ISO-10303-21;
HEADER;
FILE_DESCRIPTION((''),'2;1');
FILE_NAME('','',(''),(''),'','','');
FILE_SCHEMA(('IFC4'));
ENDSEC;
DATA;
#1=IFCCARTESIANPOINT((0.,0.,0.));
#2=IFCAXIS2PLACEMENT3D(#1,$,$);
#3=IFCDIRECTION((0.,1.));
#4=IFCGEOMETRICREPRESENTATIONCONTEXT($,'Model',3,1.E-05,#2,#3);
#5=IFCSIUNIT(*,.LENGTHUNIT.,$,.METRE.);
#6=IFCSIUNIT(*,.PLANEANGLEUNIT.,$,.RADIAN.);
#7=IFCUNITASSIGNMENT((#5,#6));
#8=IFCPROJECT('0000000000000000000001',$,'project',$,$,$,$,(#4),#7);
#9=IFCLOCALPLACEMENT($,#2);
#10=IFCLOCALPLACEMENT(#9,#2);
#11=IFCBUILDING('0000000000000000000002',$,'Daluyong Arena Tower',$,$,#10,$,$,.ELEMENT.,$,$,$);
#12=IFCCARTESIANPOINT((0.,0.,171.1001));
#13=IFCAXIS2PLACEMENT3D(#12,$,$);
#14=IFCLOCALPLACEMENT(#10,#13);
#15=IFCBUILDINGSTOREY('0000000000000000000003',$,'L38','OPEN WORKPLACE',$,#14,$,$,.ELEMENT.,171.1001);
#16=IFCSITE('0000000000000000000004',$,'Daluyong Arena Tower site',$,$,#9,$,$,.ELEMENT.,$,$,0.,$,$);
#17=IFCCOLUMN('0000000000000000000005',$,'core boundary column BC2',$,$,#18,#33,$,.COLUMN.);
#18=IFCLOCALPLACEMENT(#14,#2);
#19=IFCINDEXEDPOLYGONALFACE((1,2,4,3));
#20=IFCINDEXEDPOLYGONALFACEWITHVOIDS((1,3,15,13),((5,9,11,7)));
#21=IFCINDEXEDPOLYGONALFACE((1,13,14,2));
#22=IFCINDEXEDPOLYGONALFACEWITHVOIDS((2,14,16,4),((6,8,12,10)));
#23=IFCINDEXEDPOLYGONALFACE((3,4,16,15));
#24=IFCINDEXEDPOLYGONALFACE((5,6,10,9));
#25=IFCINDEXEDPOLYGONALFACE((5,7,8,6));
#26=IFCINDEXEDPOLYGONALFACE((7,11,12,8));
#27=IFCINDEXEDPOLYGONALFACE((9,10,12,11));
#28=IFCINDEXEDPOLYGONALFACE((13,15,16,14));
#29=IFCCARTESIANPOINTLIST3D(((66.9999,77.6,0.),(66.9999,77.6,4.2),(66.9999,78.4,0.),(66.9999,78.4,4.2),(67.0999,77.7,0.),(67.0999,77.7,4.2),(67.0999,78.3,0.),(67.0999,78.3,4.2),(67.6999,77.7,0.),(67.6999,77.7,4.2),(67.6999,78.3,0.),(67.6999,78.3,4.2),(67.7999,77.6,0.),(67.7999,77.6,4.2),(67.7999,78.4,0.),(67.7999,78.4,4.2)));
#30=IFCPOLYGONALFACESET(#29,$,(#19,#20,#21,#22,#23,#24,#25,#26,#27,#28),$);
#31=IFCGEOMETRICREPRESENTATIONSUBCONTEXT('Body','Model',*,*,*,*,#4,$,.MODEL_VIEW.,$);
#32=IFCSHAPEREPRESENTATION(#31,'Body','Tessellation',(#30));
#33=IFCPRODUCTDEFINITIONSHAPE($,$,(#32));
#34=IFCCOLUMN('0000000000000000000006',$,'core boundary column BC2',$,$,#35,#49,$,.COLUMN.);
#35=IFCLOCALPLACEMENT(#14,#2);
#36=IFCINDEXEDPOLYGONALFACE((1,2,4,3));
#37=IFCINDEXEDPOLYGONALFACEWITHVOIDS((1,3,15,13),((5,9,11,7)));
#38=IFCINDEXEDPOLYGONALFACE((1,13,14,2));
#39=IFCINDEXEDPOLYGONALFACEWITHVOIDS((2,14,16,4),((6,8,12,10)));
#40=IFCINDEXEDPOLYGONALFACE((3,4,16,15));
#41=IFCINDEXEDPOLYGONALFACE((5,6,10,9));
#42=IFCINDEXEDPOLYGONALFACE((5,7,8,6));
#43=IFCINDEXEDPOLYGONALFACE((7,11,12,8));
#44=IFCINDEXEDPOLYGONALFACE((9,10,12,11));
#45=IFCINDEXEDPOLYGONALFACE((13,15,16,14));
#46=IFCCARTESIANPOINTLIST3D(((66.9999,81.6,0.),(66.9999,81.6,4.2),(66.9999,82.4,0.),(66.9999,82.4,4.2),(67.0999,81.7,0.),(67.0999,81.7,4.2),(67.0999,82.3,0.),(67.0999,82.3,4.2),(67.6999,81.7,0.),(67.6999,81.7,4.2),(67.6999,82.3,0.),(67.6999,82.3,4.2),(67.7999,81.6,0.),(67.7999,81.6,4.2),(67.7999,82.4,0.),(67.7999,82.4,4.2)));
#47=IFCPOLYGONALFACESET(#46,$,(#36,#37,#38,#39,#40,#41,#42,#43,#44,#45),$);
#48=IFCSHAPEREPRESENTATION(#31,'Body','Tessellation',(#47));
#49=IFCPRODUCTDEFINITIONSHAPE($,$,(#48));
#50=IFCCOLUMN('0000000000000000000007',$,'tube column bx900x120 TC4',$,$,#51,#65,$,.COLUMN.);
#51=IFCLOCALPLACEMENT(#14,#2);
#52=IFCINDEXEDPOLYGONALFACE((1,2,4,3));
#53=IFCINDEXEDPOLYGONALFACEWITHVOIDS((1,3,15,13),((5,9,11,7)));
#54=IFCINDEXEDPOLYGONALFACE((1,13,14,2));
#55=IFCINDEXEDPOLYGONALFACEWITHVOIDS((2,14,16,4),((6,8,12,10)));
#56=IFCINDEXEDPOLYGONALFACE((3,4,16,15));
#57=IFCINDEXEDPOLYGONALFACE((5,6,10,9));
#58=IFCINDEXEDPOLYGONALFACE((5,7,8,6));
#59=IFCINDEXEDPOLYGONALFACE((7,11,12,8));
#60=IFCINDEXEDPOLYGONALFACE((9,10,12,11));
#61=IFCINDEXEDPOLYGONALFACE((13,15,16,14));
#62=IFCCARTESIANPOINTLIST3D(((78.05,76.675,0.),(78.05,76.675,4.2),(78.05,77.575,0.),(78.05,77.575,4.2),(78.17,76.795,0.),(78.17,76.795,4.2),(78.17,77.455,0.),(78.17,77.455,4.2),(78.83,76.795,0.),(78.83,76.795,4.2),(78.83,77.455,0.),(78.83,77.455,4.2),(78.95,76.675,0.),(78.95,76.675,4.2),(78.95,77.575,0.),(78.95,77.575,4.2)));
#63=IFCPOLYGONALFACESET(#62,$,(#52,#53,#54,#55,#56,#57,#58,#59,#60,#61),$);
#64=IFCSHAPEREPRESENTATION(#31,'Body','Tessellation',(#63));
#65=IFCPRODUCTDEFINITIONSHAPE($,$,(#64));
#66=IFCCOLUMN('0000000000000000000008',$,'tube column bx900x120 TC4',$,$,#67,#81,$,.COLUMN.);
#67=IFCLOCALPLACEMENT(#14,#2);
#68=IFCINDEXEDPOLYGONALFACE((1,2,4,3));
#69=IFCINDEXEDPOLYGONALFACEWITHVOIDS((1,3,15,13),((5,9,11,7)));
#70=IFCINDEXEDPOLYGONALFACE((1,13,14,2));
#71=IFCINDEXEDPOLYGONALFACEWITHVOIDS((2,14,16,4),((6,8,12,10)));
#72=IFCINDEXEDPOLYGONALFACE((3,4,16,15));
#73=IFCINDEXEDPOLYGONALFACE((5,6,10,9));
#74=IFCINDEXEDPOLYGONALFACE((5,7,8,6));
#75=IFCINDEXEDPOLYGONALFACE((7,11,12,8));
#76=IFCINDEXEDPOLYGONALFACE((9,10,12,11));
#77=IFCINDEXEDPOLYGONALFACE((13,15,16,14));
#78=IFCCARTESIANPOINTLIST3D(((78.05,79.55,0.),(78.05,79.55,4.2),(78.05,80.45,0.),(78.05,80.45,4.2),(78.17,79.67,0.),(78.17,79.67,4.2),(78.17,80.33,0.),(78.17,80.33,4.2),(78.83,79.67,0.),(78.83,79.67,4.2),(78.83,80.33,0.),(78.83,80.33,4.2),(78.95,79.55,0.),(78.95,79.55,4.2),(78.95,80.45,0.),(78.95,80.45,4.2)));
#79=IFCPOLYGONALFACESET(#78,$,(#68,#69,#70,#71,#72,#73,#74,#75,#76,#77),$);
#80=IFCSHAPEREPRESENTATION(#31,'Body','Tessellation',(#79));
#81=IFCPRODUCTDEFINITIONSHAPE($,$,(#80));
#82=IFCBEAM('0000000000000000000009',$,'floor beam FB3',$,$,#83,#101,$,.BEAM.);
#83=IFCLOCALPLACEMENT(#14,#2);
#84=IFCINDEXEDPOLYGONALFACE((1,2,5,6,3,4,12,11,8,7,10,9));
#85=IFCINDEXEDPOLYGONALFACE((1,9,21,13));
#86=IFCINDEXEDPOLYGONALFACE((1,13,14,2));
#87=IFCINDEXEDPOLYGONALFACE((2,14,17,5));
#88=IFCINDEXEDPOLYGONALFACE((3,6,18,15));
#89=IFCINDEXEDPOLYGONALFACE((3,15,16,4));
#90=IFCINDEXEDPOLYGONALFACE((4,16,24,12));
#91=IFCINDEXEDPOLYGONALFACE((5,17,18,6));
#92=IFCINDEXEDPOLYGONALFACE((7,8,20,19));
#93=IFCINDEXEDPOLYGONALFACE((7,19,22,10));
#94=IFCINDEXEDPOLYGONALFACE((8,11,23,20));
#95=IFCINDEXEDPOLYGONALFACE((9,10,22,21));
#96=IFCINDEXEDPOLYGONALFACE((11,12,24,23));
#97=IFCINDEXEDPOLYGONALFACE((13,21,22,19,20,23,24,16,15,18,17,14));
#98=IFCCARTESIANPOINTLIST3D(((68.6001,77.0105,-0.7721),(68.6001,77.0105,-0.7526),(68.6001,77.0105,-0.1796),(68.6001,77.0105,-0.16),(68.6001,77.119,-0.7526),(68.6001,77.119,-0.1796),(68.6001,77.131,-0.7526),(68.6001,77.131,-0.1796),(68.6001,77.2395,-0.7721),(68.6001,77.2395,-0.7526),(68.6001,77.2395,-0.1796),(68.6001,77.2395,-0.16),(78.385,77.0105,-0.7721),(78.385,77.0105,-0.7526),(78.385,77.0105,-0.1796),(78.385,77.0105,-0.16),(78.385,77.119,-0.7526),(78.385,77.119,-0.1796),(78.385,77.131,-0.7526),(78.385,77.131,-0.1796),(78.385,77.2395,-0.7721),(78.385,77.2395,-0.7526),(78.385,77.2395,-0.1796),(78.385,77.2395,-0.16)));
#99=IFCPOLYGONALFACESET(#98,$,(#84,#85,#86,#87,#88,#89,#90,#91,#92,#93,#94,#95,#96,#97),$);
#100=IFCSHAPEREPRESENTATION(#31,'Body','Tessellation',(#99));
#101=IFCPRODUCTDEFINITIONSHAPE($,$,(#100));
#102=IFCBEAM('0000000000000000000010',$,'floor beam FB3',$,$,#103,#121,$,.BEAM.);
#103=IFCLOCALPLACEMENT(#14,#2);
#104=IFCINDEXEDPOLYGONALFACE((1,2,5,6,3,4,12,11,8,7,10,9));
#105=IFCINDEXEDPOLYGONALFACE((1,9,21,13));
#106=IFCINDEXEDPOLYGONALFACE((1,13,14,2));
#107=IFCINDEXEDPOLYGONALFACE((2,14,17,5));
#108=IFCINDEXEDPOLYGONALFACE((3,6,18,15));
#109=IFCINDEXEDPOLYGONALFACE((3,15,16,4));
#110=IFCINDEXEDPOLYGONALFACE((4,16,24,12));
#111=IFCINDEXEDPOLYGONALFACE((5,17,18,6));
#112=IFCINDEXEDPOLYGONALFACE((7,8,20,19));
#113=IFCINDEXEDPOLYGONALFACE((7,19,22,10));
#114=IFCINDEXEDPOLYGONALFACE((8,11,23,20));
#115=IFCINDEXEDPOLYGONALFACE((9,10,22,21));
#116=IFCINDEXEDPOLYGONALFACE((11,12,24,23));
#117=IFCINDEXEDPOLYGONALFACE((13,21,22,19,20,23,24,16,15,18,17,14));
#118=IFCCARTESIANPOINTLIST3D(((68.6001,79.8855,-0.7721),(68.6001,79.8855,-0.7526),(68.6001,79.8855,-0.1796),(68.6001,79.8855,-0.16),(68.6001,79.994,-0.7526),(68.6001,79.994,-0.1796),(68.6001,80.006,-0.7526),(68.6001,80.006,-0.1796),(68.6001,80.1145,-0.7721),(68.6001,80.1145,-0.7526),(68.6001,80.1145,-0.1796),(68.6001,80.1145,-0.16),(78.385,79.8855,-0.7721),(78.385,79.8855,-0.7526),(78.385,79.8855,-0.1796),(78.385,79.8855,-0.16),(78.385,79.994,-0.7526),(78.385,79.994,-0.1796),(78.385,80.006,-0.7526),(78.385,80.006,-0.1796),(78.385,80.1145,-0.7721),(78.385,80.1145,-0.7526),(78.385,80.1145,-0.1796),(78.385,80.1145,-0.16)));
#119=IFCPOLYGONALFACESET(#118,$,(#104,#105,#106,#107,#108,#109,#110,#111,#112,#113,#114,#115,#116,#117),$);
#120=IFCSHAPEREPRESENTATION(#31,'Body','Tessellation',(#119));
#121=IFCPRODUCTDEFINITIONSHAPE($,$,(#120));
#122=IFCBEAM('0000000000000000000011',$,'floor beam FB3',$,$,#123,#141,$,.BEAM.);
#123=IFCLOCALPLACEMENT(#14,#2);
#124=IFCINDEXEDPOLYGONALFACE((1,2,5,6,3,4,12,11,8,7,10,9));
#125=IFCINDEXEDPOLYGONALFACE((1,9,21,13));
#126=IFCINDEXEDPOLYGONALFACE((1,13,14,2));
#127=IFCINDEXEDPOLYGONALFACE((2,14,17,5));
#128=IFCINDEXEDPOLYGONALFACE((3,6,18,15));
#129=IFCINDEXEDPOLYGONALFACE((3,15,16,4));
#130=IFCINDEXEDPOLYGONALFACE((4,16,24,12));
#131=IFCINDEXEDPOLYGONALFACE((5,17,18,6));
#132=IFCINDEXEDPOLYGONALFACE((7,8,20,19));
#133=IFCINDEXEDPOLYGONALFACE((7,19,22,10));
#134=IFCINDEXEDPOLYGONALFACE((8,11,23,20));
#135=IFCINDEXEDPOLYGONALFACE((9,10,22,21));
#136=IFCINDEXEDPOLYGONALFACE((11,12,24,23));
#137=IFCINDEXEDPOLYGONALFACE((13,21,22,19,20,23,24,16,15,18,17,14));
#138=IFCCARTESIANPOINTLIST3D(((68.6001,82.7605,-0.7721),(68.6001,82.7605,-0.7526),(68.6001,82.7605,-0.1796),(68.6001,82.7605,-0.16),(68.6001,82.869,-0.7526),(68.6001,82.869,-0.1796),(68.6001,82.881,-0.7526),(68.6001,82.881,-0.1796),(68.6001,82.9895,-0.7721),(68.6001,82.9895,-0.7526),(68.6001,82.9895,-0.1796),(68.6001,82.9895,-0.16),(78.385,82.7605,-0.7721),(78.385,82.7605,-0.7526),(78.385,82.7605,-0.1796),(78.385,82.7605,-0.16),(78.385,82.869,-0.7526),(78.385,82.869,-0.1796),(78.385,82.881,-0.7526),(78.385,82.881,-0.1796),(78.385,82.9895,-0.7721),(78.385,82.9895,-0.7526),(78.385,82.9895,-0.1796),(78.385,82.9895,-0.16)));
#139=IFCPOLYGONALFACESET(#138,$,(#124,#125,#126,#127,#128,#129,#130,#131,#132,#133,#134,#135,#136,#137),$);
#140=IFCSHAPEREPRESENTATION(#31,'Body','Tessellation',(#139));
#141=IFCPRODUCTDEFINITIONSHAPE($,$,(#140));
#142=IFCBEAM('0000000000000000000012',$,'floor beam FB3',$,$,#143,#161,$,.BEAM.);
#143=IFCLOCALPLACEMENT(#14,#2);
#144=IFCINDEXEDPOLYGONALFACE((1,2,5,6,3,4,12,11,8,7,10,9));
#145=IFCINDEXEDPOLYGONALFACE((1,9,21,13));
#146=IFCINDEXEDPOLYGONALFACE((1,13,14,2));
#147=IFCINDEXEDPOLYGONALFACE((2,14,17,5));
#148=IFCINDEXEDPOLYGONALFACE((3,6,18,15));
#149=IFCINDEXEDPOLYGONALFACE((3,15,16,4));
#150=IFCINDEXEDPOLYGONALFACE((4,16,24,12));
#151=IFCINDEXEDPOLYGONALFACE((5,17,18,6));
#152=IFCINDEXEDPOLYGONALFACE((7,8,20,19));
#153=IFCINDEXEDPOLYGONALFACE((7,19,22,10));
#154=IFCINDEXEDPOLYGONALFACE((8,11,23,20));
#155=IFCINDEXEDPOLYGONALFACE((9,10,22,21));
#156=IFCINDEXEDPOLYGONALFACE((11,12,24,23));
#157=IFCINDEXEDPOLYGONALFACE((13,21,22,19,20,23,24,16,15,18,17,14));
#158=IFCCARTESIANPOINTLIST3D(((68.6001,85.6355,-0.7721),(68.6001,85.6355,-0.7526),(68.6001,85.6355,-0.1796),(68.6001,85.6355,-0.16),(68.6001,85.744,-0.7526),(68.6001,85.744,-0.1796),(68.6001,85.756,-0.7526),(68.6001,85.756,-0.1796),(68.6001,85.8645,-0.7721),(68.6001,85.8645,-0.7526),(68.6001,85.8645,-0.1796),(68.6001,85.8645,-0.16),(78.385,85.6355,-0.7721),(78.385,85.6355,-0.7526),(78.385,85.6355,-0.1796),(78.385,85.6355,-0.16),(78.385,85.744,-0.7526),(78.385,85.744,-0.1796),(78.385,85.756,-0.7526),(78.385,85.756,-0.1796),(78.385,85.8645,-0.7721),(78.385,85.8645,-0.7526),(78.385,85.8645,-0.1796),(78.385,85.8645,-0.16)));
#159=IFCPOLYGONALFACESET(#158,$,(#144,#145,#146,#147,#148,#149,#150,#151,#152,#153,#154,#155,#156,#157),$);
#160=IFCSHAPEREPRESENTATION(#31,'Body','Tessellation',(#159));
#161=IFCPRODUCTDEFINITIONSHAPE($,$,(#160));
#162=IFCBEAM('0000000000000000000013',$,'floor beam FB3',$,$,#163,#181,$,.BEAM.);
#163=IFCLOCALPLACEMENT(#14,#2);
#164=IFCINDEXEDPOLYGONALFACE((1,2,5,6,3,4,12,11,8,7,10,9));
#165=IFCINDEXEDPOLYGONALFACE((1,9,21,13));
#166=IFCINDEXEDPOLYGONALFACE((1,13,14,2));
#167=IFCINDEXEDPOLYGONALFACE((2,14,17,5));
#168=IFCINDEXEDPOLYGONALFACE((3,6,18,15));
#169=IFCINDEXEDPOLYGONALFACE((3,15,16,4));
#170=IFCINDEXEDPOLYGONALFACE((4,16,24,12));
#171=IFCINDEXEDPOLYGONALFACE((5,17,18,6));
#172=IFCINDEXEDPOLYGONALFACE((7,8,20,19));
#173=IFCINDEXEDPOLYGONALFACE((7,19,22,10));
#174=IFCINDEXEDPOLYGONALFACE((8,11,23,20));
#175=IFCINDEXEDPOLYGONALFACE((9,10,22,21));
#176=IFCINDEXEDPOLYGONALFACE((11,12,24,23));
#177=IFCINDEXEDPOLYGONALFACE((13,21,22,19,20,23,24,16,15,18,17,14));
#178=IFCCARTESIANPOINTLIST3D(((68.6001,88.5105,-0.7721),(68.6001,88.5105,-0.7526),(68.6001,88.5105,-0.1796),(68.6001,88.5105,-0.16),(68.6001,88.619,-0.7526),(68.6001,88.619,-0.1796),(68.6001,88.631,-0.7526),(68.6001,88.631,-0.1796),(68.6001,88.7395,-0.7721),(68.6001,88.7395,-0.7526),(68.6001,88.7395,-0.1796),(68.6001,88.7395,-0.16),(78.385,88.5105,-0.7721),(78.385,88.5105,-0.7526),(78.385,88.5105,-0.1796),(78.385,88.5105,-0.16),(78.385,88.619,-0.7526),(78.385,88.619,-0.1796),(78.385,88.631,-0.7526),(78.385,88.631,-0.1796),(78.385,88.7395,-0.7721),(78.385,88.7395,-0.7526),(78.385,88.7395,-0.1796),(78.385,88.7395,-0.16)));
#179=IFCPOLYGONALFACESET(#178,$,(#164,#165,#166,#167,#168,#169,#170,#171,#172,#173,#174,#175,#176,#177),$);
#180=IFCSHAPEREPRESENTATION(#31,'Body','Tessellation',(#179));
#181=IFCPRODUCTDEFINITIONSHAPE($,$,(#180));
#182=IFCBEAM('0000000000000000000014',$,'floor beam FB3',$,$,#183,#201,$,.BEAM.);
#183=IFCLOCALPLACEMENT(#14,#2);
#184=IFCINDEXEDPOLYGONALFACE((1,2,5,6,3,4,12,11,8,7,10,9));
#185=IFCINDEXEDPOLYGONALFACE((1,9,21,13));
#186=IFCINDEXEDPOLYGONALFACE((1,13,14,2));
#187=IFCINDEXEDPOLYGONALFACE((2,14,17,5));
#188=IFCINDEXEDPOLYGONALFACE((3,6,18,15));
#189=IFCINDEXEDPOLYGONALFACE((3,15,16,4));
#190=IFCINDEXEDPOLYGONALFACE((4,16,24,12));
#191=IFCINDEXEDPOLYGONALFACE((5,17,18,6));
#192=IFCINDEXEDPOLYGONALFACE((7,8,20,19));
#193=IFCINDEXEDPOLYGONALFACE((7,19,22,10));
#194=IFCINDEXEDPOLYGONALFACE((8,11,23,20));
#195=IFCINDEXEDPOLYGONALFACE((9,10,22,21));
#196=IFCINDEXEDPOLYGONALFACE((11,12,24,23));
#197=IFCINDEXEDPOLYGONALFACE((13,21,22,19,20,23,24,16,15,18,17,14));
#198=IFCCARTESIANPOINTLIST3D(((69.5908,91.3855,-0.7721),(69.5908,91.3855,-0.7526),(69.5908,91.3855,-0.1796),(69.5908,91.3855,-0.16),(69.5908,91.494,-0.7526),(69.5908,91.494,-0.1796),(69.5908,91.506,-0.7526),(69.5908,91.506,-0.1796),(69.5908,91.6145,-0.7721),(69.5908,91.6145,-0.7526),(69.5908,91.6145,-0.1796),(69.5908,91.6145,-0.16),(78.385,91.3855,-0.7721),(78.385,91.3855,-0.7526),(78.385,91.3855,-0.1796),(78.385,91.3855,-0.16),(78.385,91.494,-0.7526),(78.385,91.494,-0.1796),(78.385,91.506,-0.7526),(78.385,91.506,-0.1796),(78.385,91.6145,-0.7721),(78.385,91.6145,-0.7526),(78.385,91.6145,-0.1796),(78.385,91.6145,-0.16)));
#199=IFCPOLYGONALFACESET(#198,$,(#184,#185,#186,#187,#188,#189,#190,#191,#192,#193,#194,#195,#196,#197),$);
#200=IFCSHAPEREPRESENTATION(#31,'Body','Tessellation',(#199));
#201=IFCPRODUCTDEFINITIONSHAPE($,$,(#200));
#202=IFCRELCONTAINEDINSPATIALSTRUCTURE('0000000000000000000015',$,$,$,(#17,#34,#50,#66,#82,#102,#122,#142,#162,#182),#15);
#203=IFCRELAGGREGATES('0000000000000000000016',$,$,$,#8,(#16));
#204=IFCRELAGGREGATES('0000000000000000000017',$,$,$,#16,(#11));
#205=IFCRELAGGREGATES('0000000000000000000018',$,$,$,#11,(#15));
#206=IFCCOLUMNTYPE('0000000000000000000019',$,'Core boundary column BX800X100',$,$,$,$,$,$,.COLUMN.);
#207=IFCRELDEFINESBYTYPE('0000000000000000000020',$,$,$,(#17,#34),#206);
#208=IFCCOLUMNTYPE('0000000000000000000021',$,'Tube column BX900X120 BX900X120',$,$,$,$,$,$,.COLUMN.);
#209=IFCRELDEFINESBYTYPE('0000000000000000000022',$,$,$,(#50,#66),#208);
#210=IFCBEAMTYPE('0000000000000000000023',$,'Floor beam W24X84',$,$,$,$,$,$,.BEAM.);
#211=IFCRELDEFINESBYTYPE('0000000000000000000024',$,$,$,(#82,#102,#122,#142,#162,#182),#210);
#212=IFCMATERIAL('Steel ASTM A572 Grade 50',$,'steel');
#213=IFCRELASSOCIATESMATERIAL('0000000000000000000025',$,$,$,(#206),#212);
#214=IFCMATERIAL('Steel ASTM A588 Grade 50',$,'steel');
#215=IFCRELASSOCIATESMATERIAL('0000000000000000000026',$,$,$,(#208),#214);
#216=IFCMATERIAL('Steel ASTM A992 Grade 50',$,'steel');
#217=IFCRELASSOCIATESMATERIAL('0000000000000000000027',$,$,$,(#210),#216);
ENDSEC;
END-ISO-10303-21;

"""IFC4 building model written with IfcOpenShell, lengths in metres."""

from ifc_helpers import new_model, si_unit, direction, frame, origin, origin_2d, place, context, subcontext, project, spatial, hollow_rectangle, i_section, extrude, material, material_profile, profile_set, type_object, element, save


model = new_model("IFC4")

# Units and contexts
model_context = context("Model", 3, precision=1e-05, world=origin(), true_north=direction((0.0, 1.0)))
body_context = subcontext(model_context, "Body", "Model", "MODEL_VIEW")
ifc_project = project(units=[si_unit("LENGTHUNIT", "METRE"), si_unit("PLANEANGLEUNIT", "RADIAN")], contexts=[model_context])

# Site, building, storey
site_placement = place(None, origin())
site = spatial("IfcSite", under=ifc_project, at=site_placement, Name="Daluyong Arena Tower site", CompositionType="ELEMENT", RefElevation=0.0)
building_placement = place(site_placement, origin())
building = spatial("IfcBuilding", under=site, at=building_placement, Name="Daluyong Arena Tower", CompositionType="ELEMENT")
storey_placement = place(building_placement, frame((0.0, 0.0, 171.1001)))
storey = spatial("IfcBuildingStorey", under=building, at=storey_placement, Name="L38", Description="OPEN WORKPLACE", CompositionType="ELEMENT", Elevation=171.1001)

# Columns
ifc_material_1 = material(Name="Steel ASTM A572 Grade 50", Category="steel")
ifc_material_profile_1 = material_profile(ifc_material_1, hollow_rectangle(XDim=0.8, YDim=0.8, WallThickness=0.1, at=origin_2d()))
ifc_profile_set_1 = profile_set([ifc_material_profile_1], Name="Steel ASTM A572 Grade 50")
column_type_1 = type_object("IfcColumnType", Name="Core boundary column BX800X100", PredefinedType="COLUMN", material=ifc_profile_set_1)
for number, where, z_axis, x_axis, name in (
    (1, (67.3999, 78.0, 0.0), (0.0, 0.0, 1.0), (1.0, 0.0, 0.0), "core boundary column BC2"),
    (2, (67.3999, 82.0, 0.0), (0.0, 0.0, 1.0), (1.0, 0.0, 0.0), "core boundary column BC2"),
):
    element("IfcColumn", number, at=place(storey_placement, frame(where, z_axis=z_axis, x_axis=x_axis)), inside=storey, type_object=column_type_1, Name=name, PredefinedType="COLUMN", context=body_context, shape_type="SweptSolid", body=[
        extrude(hollow_rectangle(XDim=0.8, YDim=0.8, WallThickness=0.1, at=origin_2d()), origin(), (0.0, 0.0, 1.0), 4.2),
    ])
ifc_material_2 = material(Name="Steel ASTM A588 Grade 50", Category="steel")
ifc_material_profile_2 = material_profile(ifc_material_2, hollow_rectangle(XDim=0.8999, YDim=0.8999, WallThickness=0.12, at=origin_2d()))
ifc_profile_set_2 = profile_set([ifc_material_profile_2], Name="Steel ASTM A588 Grade 50")
column_type_2 = type_object("IfcColumnType", Name="Tube column BX900X120 BX900X120", PredefinedType="COLUMN", material=ifc_profile_set_2)
for number, where, z_axis, x_axis, name in (
    (3, (78.5, 77.125, 0.0), (0.0, 0.0, 1.0), (0.0, 1.0, 0.0), "tube column bx900x120 TC4"),
    (4, (78.5, 80.0, 0.0), (0.0, 0.0, 1.0), (0.0, 1.0, 0.0), "tube column bx900x120 TC4"),
):
    element("IfcColumn", number, at=place(storey_placement, frame(where, z_axis=z_axis, x_axis=x_axis)), inside=storey, type_object=column_type_2, Name=name, PredefinedType="COLUMN", context=body_context, shape_type="SweptSolid", body=[
        extrude(hollow_rectangle(XDim=0.8999, YDim=0.8999, WallThickness=0.12, at=origin_2d()), origin(), (0.0, 0.0, 1.0), 4.2),
    ])

# Beams
ifc_material_3 = material(Name="Steel ASTM A992 Grade 50", Category="steel")
ifc_material_profile_3 = material_profile(ifc_material_3, i_section(OverallWidth=0.229, OverallDepth=0.6121, WebThickness=0.012, FlangeThickness=0.0195, at=origin_2d()))
ifc_profile_set_3 = profile_set([ifc_material_profile_3], Name="Steel ASTM A992 Grade 50")
beam_type_1 = type_object("IfcBeamType", Name="Floor beam W24X84", PredefinedType="BEAM", material=ifc_profile_set_3)
for number, where, z_axis, x_axis, name in (
    (5, (78.385, 77.125, -0.4661), (-1.0, 0.0, 0.0), (0.0, -1.0, 0.0), "floor beam FB3"),
    (6, (78.385, 80.0, -0.4661), (-1.0, 0.0, 0.0), (0.0, -1.0, 0.0), "floor beam FB3"),
    (7, (78.385, 82.875, -0.4661), (-1.0, 0.0, 0.0), (0.0, -1.0, 0.0), "floor beam FB3"),
    (8, (78.385, 85.75, -0.4661), (-1.0, 0.0, 0.0), (0.0, -1.0, 0.0), "floor beam FB3"),
    (9, (78.385, 88.625, -0.4661), (-1.0, 0.0, 0.0), (0.0, -1.0, 0.0), "floor beam FB3"),
):
    element("IfcBeam", number, at=place(storey_placement, frame(where, z_axis=z_axis, x_axis=x_axis)), inside=storey, type_object=beam_type_1, Name=name, PredefinedType="BEAM", context=body_context, shape_type="SweptSolid", body=[
        extrude(i_section(OverallWidth=0.229, OverallDepth=0.6121, WebThickness=0.012, FlangeThickness=0.0195, at=origin_2d()), origin(), (0.0, 0.0, 1.0), 9.7849),
    ])
beam_1_placement = place(storey_placement, frame((78.385, 91.5, -0.4661), z_axis=(-1.0, 0.0, 0.0), x_axis=(0.0, -1.0, 0.0)))
element("IfcBeam", 10, at=beam_1_placement, inside=storey, type_object=beam_type_1, Name="floor beam FB3", PredefinedType="BEAM", context=body_context, shape_type="SweptSolid", body=[
    extrude(i_section(OverallWidth=0.229, OverallDepth=0.6121, WebThickness=0.012, FlangeThickness=0.0195, at=origin_2d()), origin(), (0.0, 0.0, 1.0), 8.7942),
])

save(model, "model.ifc")
